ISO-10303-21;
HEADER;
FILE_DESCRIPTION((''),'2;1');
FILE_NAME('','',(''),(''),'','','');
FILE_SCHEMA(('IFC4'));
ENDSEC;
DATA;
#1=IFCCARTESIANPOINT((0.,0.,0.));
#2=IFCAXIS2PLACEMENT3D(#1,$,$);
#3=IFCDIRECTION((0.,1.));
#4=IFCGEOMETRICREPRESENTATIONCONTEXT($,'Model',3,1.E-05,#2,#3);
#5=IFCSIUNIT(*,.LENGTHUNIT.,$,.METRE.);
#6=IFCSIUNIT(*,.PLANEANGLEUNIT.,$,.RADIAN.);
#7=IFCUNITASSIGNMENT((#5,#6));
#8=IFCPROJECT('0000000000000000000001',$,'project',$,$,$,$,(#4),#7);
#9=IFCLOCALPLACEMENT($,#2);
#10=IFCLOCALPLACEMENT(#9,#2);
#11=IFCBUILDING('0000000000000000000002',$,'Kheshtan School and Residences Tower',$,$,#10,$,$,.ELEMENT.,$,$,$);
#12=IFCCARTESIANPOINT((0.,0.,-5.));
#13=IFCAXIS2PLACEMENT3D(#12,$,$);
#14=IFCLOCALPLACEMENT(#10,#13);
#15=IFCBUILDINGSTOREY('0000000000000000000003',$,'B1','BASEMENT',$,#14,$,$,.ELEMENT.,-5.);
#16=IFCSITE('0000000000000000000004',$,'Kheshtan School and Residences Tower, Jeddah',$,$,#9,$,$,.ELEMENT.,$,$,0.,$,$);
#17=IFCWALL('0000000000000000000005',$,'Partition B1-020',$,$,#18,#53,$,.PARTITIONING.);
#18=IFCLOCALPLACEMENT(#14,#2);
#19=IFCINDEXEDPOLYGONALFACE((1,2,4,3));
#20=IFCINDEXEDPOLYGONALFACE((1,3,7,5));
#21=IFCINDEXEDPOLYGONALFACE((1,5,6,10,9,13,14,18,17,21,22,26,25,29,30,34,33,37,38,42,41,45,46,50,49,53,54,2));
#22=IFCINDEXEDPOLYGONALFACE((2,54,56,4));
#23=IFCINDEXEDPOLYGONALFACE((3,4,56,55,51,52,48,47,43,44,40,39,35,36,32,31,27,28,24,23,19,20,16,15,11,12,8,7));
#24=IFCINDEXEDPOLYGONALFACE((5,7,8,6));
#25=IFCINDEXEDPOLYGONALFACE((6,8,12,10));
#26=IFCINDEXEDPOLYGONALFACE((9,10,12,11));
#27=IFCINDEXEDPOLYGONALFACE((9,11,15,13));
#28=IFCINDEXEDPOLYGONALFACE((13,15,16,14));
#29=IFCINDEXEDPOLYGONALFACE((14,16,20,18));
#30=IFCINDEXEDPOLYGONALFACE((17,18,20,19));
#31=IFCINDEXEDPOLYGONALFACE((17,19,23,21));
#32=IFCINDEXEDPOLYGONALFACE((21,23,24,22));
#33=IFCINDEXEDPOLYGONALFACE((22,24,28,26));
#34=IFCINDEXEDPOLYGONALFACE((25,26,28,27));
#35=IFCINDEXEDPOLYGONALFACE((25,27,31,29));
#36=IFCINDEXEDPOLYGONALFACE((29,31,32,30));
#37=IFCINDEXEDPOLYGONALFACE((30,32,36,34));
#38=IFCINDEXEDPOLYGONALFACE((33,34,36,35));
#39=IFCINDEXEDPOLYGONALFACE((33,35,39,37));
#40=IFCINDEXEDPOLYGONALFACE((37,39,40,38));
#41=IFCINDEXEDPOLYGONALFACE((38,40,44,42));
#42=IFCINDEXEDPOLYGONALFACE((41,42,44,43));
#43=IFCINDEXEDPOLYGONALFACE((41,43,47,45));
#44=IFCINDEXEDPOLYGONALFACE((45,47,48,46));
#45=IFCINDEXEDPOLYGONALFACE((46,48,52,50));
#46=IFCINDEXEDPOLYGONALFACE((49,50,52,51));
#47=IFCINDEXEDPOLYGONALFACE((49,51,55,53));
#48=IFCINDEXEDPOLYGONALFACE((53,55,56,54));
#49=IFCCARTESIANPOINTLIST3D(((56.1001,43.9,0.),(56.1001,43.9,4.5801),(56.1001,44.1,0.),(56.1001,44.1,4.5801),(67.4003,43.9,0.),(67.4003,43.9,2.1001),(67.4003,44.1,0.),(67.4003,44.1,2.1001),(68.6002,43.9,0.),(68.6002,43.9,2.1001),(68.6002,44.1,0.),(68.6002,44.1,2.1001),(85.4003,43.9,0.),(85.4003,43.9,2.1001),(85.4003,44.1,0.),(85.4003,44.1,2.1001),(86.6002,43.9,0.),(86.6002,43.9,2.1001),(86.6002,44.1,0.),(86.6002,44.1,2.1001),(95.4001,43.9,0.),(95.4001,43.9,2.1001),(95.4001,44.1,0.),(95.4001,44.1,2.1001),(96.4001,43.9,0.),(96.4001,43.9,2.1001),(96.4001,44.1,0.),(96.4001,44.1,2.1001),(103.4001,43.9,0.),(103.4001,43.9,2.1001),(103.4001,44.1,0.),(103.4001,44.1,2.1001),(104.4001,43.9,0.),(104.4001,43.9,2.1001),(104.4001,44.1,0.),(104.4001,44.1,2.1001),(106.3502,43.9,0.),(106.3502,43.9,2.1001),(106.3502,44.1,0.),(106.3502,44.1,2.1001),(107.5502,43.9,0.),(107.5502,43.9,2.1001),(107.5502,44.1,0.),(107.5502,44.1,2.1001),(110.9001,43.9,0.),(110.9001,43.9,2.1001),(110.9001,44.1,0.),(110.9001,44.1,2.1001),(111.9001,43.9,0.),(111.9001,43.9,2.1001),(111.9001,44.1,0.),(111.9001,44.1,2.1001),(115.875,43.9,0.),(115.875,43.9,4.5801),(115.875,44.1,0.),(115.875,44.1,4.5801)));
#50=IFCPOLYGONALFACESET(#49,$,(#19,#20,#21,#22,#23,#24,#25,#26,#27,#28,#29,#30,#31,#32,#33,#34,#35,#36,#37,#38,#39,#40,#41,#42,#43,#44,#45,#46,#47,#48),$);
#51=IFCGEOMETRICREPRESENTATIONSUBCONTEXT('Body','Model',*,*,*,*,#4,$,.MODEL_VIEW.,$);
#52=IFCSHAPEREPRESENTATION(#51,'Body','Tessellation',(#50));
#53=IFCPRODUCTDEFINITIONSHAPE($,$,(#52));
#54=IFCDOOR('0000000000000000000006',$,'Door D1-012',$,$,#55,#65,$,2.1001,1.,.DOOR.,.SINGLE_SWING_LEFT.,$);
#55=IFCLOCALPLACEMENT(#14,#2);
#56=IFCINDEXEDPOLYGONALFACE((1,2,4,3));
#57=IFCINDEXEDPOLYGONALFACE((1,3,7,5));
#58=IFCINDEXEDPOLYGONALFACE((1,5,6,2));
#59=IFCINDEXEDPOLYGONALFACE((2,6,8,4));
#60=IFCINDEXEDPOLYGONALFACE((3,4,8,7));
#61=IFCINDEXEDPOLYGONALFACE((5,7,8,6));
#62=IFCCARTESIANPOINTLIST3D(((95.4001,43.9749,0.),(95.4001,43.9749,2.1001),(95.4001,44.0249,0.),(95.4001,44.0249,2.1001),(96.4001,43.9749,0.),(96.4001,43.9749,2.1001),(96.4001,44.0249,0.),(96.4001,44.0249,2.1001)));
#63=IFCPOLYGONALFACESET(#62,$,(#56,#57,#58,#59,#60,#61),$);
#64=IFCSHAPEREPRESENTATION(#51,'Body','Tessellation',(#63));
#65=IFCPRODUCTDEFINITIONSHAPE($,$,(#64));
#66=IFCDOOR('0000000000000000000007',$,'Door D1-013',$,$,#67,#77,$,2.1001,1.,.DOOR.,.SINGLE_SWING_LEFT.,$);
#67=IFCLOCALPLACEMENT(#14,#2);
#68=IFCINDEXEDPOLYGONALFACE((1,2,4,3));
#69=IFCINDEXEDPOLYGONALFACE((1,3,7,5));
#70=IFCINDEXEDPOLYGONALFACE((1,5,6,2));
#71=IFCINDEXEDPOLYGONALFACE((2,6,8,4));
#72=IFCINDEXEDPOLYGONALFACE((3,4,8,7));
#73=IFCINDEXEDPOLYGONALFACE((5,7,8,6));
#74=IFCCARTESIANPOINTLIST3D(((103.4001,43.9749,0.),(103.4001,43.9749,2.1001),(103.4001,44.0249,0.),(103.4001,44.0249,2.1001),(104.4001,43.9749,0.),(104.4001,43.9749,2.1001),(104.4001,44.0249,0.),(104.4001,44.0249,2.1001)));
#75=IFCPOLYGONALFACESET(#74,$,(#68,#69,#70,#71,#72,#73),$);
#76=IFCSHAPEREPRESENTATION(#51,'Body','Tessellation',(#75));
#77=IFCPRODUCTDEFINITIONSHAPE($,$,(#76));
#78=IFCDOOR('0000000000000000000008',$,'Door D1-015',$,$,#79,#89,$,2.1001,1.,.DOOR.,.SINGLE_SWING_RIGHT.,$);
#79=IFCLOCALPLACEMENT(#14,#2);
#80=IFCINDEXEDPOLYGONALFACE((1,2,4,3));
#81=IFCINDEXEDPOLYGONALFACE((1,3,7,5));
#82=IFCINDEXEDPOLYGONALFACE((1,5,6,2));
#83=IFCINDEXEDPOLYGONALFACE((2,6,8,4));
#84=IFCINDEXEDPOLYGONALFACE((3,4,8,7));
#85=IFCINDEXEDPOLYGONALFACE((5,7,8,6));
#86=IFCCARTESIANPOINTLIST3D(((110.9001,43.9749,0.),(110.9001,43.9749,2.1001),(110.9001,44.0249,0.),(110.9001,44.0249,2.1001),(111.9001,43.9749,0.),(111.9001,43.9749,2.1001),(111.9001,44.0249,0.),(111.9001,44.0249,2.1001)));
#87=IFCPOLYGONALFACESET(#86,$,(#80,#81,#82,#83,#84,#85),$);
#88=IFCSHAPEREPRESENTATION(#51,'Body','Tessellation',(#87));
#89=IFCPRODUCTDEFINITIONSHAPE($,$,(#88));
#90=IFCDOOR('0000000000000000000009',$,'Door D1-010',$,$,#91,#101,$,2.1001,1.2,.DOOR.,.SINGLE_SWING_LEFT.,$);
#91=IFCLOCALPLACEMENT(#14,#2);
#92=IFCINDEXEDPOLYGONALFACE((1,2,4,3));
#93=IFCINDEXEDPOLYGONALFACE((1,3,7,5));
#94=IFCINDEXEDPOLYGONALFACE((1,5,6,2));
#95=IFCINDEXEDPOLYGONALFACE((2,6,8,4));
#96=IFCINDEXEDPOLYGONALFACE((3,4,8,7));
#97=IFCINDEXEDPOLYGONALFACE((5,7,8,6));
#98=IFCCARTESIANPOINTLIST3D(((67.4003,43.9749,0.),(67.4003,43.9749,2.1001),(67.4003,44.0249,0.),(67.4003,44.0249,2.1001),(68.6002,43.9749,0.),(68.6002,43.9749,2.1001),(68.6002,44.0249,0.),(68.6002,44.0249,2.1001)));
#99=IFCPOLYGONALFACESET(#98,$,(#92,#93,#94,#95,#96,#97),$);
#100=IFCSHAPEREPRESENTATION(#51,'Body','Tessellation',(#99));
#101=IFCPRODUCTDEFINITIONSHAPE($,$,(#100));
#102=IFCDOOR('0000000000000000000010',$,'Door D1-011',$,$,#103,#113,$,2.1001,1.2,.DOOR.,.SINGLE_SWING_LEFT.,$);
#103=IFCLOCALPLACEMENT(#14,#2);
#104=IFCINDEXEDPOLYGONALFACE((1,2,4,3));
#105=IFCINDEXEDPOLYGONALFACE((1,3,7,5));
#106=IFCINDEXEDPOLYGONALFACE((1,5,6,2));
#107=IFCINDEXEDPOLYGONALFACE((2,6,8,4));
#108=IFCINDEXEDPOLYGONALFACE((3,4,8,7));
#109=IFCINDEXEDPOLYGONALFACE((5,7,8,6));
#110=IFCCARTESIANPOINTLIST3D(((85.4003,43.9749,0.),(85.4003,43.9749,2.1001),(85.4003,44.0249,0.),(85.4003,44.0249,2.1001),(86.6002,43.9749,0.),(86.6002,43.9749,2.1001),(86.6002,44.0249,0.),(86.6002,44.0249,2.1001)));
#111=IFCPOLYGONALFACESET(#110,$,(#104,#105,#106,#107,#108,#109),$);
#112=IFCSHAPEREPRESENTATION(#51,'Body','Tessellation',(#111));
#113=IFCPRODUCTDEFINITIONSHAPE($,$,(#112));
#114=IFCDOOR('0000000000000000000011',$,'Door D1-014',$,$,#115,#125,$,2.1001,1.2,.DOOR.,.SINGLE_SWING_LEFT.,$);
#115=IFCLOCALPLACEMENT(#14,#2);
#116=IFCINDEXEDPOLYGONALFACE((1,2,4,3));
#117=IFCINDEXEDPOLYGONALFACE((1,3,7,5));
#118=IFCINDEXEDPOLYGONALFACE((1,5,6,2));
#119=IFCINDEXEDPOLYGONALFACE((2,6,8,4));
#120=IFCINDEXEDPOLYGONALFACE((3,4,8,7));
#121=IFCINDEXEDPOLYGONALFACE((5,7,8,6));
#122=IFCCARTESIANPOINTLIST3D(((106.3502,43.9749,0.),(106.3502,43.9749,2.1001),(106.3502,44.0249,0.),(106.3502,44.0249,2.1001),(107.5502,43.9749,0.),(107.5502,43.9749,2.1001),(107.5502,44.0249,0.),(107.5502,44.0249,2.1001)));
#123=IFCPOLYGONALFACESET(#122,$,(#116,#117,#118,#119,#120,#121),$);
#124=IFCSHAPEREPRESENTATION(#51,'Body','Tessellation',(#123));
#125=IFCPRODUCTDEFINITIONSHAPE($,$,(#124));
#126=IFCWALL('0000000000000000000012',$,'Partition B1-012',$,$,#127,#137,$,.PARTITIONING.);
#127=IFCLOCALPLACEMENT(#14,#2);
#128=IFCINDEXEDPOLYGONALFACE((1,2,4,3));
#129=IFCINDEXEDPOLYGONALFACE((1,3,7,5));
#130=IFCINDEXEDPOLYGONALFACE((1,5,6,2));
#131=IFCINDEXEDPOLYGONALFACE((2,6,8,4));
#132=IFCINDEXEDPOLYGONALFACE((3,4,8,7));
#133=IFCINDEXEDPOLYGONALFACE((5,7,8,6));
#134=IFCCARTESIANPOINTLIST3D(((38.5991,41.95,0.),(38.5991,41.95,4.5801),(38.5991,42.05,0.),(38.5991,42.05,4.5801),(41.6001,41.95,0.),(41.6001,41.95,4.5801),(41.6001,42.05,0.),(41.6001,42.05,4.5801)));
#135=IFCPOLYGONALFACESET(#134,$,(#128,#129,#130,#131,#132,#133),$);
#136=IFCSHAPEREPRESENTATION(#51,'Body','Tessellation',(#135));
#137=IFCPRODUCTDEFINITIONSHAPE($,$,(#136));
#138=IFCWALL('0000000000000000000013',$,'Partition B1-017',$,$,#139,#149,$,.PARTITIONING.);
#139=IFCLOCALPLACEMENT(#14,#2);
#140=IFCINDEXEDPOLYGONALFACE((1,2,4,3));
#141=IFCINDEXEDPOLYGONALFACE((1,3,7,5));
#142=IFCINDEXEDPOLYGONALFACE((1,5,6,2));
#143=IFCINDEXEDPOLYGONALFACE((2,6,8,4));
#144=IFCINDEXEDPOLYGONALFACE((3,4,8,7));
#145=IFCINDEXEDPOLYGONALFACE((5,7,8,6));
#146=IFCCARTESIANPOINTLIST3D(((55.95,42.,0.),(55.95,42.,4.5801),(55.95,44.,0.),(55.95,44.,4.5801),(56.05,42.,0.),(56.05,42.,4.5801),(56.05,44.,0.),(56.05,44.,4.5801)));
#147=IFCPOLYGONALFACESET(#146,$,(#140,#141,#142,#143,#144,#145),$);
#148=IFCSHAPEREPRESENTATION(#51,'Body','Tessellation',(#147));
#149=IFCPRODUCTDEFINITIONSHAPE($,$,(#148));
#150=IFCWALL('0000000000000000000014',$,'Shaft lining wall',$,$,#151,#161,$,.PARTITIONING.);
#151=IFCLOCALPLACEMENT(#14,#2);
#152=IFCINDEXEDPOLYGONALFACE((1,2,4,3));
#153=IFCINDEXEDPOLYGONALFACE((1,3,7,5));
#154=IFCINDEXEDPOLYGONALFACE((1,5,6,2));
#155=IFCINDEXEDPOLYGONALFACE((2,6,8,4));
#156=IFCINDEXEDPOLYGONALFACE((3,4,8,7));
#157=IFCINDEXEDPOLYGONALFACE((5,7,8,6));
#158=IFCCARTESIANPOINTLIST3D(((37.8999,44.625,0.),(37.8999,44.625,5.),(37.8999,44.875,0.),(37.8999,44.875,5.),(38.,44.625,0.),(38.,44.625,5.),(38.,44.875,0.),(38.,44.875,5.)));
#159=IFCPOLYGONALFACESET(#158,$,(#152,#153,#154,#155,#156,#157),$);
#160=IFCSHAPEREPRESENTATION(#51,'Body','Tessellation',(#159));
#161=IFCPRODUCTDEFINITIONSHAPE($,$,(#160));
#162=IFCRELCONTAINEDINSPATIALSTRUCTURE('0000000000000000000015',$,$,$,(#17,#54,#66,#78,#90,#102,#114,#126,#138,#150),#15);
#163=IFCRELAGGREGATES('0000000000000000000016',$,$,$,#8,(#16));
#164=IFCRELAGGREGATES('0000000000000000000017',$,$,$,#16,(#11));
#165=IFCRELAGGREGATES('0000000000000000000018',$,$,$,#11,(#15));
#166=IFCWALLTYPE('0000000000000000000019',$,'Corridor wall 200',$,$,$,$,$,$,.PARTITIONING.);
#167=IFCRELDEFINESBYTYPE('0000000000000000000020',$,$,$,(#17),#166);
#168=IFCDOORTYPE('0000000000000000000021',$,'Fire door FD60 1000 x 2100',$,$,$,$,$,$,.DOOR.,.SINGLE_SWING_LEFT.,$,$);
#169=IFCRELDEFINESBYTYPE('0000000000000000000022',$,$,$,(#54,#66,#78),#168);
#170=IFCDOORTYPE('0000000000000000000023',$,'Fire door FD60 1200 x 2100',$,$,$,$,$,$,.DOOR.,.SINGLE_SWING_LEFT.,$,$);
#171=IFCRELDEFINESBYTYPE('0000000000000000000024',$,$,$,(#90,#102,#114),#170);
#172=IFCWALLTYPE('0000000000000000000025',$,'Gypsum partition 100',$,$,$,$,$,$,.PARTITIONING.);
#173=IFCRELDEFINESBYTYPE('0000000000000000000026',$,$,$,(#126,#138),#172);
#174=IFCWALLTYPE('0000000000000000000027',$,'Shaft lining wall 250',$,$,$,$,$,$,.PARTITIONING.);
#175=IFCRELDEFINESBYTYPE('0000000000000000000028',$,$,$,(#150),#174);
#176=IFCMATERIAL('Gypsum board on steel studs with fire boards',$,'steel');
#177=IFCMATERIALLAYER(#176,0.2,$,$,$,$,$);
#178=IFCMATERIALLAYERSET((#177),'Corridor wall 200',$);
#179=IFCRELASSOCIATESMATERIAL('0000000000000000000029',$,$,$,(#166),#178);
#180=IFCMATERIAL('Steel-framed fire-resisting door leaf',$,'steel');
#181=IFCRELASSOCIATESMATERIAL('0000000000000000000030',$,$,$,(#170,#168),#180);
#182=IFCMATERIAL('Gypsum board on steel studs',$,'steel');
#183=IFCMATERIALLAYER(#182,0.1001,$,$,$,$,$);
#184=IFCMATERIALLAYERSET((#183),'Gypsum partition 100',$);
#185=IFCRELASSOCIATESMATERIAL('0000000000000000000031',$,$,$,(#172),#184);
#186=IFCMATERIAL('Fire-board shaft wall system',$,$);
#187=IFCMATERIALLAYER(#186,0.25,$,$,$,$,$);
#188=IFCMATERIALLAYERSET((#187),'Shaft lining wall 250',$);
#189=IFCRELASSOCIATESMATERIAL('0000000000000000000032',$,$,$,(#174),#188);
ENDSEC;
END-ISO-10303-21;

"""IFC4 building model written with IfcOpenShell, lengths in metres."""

from ifc_helpers import new_model, si_unit, direction, frame, frame_2d, origin, place, context, subcontext, project, spatial, rectangle, extrude, source, transform, mapped, material, layer, layer_set, type_object, element, fill, save


model = new_model("IFC4")

# Units and contexts
model_context = context("Model", 3, precision=1e-05, world=origin(), true_north=direction((0.0, 1.0)))
body_context = subcontext(model_context, "Body", "Model", "MODEL_VIEW")
ifc_project = project(units=[si_unit("LENGTHUNIT", "METRE"), si_unit("PLANEANGLEUNIT", "RADIAN")], contexts=[model_context])

# Site, building, storey
site_placement = place(None, origin())
site = spatial("IfcSite", under=ifc_project, at=site_placement, Name="Kheshtan School and Residences Tower, Jeddah", CompositionType="ELEMENT", RefElevation=0.0)
building_placement = place(site_placement, origin())
building = spatial("IfcBuilding", under=site, at=building_placement, Name="Kheshtan School and Residences Tower", CompositionType="ELEMENT")
storey_placement = place(building_placement, frame((0.0, 0.0, -5.0)))
storey = spatial("IfcBuildingStorey", under=building, at=storey_placement, Name="B1", Description="BASEMENT", CompositionType="ELEMENT", Elevation=-5.0)

# Shared definitions
ifc_material_1 = material(Name="Gypsum board on steel studs with fire boards", Category="steel")
ifc_layer_1 = layer(ifc_material_1, 0.2)
ifc_layer_set_1 = layer_set([ifc_layer_1], Name="Corridor wall 200")
wall_type_1 = type_object("IfcWallType", Name="Corridor wall 200", PredefinedType="PARTITIONING", material=ifc_layer_set_1)
ifc_material_2 = material(Name="Steel-framed fire-resisting door leaf", Category="steel")
door_type_1 = type_object("IfcDoorType", Name="Fire door FD60 1200 x 2100", OperationType="SINGLE_SWING_LEFT", PredefinedType="DOOR", material=ifc_material_2)
shared_shape_1 = source(origin(), body_context, "Body", "SweptSolid", [
    extrude(rectangle(XDim=1.2, YDim=2.1001, at=frame_2d((0.6001, 1.05))), frame((0.0, 0.0249, 0.0), z_axis=(0.0, -1.0, 0.0), x_axis=(1.0, 0.0, 0.0)), (0.0, 0.0, 1.0), 0.05),
])

# Wall, openings, doors
wall_1_placement = place(storey_placement, frame((56.1001, 44.0, 0.0), z_axis=(0.0, 0.0, 1.0), x_axis=(1.0, 0.0, 0.0)))
wall_1 = element("IfcWall", 1, at=wall_1_placement, inside=storey, type_object=wall_type_1, Name="Partition B1-020", PredefinedType="PARTITIONING", context=body_context, shape_type="SweptSolid", body=[
    extrude(rectangle(XDim=59.7749, YDim=0.2, at=frame_2d((29.8875, 0.0))), origin(), (0.0, 0.0, 1.0), 4.5801),
])
opening_1_placement = place(wall_1_placement, frame((11.3, 0.0, 0.0)))
opening_1 = element("IfcOpeningElement", 2, at=opening_1_placement, cuts=wall_1, PredefinedType="OPENING", context=body_context, shape_type="SweptSolid", body=[
    extrude(rectangle(XDim=1.2, YDim=2.1001, at=frame_2d((0.6001, 1.05))), frame((0.0, 0.1099, 0.0), z_axis=(0.0, -1.0, 0.0), x_axis=(1.0, 0.0, 0.0)), (0.0, 0.0, 1.0), 0.22),
])
opening_2_placement = place(wall_1_placement, frame((29.3, 0.0, 0.0)))
opening_2 = element("IfcOpeningElement", 3, at=opening_2_placement, cuts=wall_1, PredefinedType="OPENING", context=body_context, shape_type="SweptSolid", body=[
    extrude(rectangle(XDim=1.2, YDim=2.1001, at=frame_2d((0.6001, 1.05))), frame((0.0, 0.1099, 0.0), z_axis=(0.0, -1.0, 0.0), x_axis=(1.0, 0.0, 0.0)), (0.0, 0.0, 1.0), 0.22),
])
opening_3_placement = place(wall_1_placement, frame((39.3, 0.0, 0.0)))
opening_3 = element("IfcOpeningElement", 4, at=opening_3_placement, cuts=wall_1, PredefinedType="OPENING", context=body_context, shape_type="SweptSolid", body=[
    extrude(rectangle(XDim=1.0, YDim=2.1001, at=frame_2d((0.5, 1.05))), frame((0.0, 0.1099, 0.0), z_axis=(0.0, -1.0, 0.0), x_axis=(1.0, 0.0, 0.0)), (0.0, 0.0, 1.0), 0.22),
])
opening_4_placement = place(wall_1_placement, frame((47.3, 0.0, 0.0)))
opening_4 = element("IfcOpeningElement", 5, at=opening_4_placement, cuts=wall_1, PredefinedType="OPENING", context=body_context, shape_type="SweptSolid", body=[
    extrude(rectangle(XDim=1.0, YDim=2.1001, at=frame_2d((0.5, 1.05))), frame((0.0, 0.1099, 0.0), z_axis=(0.0, -1.0, 0.0), x_axis=(1.0, 0.0, 0.0)), (0.0, 0.0, 1.0), 0.22),
])
opening_5_placement = place(wall_1_placement, frame((50.25, 0.0, 0.0)))
opening_5 = element("IfcOpeningElement", 6, at=opening_5_placement, cuts=wall_1, PredefinedType="OPENING", context=body_context, shape_type="SweptSolid", body=[
    extrude(rectangle(XDim=1.2, YDim=2.1001, at=frame_2d((0.6001, 1.05))), frame((0.0, 0.1099, 0.0), z_axis=(0.0, -1.0, 0.0), x_axis=(1.0, 0.0, 0.0)), (0.0, 0.0, 1.0), 0.22),
])
opening_6_placement = place(wall_1_placement, frame((54.8, 0.0, 0.0)))
opening_6 = element("IfcOpeningElement", 7, at=opening_6_placement, cuts=wall_1, PredefinedType="OPENING", context=body_context, shape_type="SweptSolid", body=[
    extrude(rectangle(XDim=1.0, YDim=2.1001, at=frame_2d((0.5, 1.05))), frame((0.0, 0.1099, 0.0), z_axis=(0.0, -1.0, 0.0), x_axis=(1.0, 0.0, 0.0)), (0.0, 0.0, 1.0), 0.22),
])
door_type_2 = type_object("IfcDoorType", Name="Fire door FD60 1000 x 2100", OperationType="SINGLE_SWING_LEFT", PredefinedType="DOOR", material=ifc_material_2)
shared_shape_2 = source(origin(), body_context, "Body", "SweptSolid", [
    extrude(rectangle(XDim=1.0, YDim=2.1001, at=frame_2d((0.5, 1.05))), frame((0.0, 0.0249, 0.0), z_axis=(0.0, -1.0, 0.0), x_axis=(1.0, 0.0, 0.0)), (0.0, 0.0, 1.0), 0.05),
])
door_1_placement = place(opening_3_placement, origin())
door_1 = element("IfcDoor", 8, at=door_1_placement, inside=storey, type_object=door_type_2, Name="Door D1-012", OperationType="SINGLE_SWING_LEFT", OverallHeight=2.1001, OverallWidth=1.0, PredefinedType="DOOR", context=body_context, shape_type="MappedRepresentation", body=[
    mapped(shared_shape_2, transform((0.0, 0.0, 0.0), x_axis=(1.0, 0.0, 0.0), y_axis=(0.0, 1.0, 0.0), z_axis=(0.0, 0.0, 1.0), scale=1.0)),
])
fill(opening_3, door_1)
door_2_placement = place(opening_4_placement, origin())
door_2 = element("IfcDoor", 9, at=door_2_placement, inside=storey, type_object=door_type_2, Name="Door D1-013", OperationType="SINGLE_SWING_LEFT", OverallHeight=2.1001, OverallWidth=1.0, PredefinedType="DOOR", context=body_context, shape_type="MappedRepresentation", body=[
    mapped(shared_shape_2, transform((0.0, 0.0, 0.0), x_axis=(1.0, 0.0, 0.0), y_axis=(0.0, 1.0, 0.0), z_axis=(0.0, 0.0, 1.0), scale=1.0)),
])
fill(opening_4, door_2)
door_3_placement = place(opening_6_placement, origin())
door_3 = element("IfcDoor", 10, at=door_3_placement, inside=storey, type_object=door_type_2, Name="Door D1-015", OperationType="SINGLE_SWING_RIGHT", OverallHeight=2.1001, OverallWidth=1.0, PredefinedType="DOOR", context=body_context, shape_type="MappedRepresentation", body=[
    mapped(shared_shape_2, transform((0.0, 0.0, 0.0), x_axis=(1.0, 0.0, 0.0), y_axis=(0.0, 1.0, 0.0), z_axis=(0.0, 0.0, 1.0), scale=1.0)),
])
fill(opening_6, door_3)
door_4_placement = place(opening_1_placement, origin())
door_4 = element("IfcDoor", 11, at=door_4_placement, inside=storey, type_object=door_type_1, Name="Door D1-010", OperationType="SINGLE_SWING_LEFT", OverallHeight=2.1001, OverallWidth=1.2, PredefinedType="DOOR", context=body_context, shape_type="MappedRepresentation", body=[
    mapped(shared_shape_1, transform((0.0, 0.0, 0.0), x_axis=(1.0, 0.0, 0.0), y_axis=(0.0, 1.0, 0.0), z_axis=(0.0, 0.0, 1.0), scale=1.0)),
])
fill(opening_1, door_4)
door_5_placement = place(opening_2_placement, origin())
door_5 = element("IfcDoor", 12, at=door_5_placement, inside=storey, type_object=door_type_1, Name="Door D1-011", OperationType="SINGLE_SWING_LEFT", OverallHeight=2.1001, OverallWidth=1.2, PredefinedType="DOOR", context=body_context, shape_type="MappedRepresentation", body=[
    mapped(shared_shape_1, transform((0.0, 0.0, 0.0), x_axis=(1.0, 0.0, 0.0), y_axis=(0.0, 1.0, 0.0), z_axis=(0.0, 0.0, 1.0), scale=1.0)),
])
fill(opening_2, door_5)
door_6_placement = place(opening_5_placement, origin())
door_6 = element("IfcDoor", 13, at=door_6_placement, inside=storey, type_object=door_type_1, Name="Door D1-014", OperationType="SINGLE_SWING_LEFT", OverallHeight=2.1001, OverallWidth=1.2, PredefinedType="DOOR", context=body_context, shape_type="MappedRepresentation", body=[
    mapped(shared_shape_1, transform((0.0, 0.0, 0.0), x_axis=(1.0, 0.0, 0.0), y_axis=(0.0, 1.0, 0.0), z_axis=(0.0, 0.0, 1.0), scale=1.0)),
])
fill(opening_5, door_6)

# Walls
ifc_material_3 = material(Name="Gypsum board on steel studs", Category="steel")
ifc_layer_2 = layer(ifc_material_3, 0.1001)
ifc_layer_set_2 = layer_set([ifc_layer_2], Name="Gypsum partition 100")
wall_type_2 = type_object("IfcWallType", Name="Gypsum partition 100", PredefinedType="PARTITIONING", material=ifc_layer_set_2)
wall_2_placement = place(storey_placement, frame((38.5991, 42.0, 0.0), z_axis=(0.0, 0.0, 1.0), x_axis=(1.0, 0.0, 0.0)))
element("IfcWall", 14, at=wall_2_placement, inside=storey, type_object=wall_type_2, Name="Partition B1-012", PredefinedType="PARTITIONING", context=body_context, shape_type="SweptSolid", body=[
    extrude(rectangle(XDim=3.001, YDim=0.1001, at=frame_2d((1.5005, 0.0))), origin(), (0.0, 0.0, 1.0), 4.5801),
])
wall_3_placement = place(storey_placement, frame((56.0, 42.0, 0.0), z_axis=(0.0, 0.0, 1.0), x_axis=(0.0, 1.0, 0.0)))
element("IfcWall", 15, at=wall_3_placement, inside=storey, type_object=wall_type_2, Name="Partition B1-017", PredefinedType="PARTITIONING", context=body_context, shape_type="SweptSolid", body=[
    extrude(rectangle(XDim=2.0, YDim=0.1001, at=frame_2d((1.0, 0.0))), origin(), (0.0, 0.0, 1.0), 4.5801),
])
ifc_material_4 = material(Name="Fire-board shaft wall system")
ifc_layer_3 = layer(ifc_material_4, 0.25)
ifc_layer_set_3 = layer_set([ifc_layer_3], Name="Shaft lining wall 250")
wall_type_3 = type_object("IfcWallType", Name="Shaft lining wall 250", PredefinedType="PARTITIONING", material=ifc_layer_set_3)
wall_4_placement = place(storey_placement, frame((37.8999, 44.75, 0.0), z_axis=(0.0, 0.0, 1.0), x_axis=(1.0, 0.0, 0.0)))
element("IfcWall", 16, at=wall_4_placement, inside=storey, type_object=wall_type_3, Name="Shaft lining wall", PredefinedType="PARTITIONING", context=body_context, shape_type="SweptSolid", body=[
    extrude(rectangle(XDim=0.1001, YDim=0.25, at=frame_2d((0.05, 0.0))), origin(), (0.0, 0.0, 1.0), 5.0),
])

save(model, "model.ifc")
